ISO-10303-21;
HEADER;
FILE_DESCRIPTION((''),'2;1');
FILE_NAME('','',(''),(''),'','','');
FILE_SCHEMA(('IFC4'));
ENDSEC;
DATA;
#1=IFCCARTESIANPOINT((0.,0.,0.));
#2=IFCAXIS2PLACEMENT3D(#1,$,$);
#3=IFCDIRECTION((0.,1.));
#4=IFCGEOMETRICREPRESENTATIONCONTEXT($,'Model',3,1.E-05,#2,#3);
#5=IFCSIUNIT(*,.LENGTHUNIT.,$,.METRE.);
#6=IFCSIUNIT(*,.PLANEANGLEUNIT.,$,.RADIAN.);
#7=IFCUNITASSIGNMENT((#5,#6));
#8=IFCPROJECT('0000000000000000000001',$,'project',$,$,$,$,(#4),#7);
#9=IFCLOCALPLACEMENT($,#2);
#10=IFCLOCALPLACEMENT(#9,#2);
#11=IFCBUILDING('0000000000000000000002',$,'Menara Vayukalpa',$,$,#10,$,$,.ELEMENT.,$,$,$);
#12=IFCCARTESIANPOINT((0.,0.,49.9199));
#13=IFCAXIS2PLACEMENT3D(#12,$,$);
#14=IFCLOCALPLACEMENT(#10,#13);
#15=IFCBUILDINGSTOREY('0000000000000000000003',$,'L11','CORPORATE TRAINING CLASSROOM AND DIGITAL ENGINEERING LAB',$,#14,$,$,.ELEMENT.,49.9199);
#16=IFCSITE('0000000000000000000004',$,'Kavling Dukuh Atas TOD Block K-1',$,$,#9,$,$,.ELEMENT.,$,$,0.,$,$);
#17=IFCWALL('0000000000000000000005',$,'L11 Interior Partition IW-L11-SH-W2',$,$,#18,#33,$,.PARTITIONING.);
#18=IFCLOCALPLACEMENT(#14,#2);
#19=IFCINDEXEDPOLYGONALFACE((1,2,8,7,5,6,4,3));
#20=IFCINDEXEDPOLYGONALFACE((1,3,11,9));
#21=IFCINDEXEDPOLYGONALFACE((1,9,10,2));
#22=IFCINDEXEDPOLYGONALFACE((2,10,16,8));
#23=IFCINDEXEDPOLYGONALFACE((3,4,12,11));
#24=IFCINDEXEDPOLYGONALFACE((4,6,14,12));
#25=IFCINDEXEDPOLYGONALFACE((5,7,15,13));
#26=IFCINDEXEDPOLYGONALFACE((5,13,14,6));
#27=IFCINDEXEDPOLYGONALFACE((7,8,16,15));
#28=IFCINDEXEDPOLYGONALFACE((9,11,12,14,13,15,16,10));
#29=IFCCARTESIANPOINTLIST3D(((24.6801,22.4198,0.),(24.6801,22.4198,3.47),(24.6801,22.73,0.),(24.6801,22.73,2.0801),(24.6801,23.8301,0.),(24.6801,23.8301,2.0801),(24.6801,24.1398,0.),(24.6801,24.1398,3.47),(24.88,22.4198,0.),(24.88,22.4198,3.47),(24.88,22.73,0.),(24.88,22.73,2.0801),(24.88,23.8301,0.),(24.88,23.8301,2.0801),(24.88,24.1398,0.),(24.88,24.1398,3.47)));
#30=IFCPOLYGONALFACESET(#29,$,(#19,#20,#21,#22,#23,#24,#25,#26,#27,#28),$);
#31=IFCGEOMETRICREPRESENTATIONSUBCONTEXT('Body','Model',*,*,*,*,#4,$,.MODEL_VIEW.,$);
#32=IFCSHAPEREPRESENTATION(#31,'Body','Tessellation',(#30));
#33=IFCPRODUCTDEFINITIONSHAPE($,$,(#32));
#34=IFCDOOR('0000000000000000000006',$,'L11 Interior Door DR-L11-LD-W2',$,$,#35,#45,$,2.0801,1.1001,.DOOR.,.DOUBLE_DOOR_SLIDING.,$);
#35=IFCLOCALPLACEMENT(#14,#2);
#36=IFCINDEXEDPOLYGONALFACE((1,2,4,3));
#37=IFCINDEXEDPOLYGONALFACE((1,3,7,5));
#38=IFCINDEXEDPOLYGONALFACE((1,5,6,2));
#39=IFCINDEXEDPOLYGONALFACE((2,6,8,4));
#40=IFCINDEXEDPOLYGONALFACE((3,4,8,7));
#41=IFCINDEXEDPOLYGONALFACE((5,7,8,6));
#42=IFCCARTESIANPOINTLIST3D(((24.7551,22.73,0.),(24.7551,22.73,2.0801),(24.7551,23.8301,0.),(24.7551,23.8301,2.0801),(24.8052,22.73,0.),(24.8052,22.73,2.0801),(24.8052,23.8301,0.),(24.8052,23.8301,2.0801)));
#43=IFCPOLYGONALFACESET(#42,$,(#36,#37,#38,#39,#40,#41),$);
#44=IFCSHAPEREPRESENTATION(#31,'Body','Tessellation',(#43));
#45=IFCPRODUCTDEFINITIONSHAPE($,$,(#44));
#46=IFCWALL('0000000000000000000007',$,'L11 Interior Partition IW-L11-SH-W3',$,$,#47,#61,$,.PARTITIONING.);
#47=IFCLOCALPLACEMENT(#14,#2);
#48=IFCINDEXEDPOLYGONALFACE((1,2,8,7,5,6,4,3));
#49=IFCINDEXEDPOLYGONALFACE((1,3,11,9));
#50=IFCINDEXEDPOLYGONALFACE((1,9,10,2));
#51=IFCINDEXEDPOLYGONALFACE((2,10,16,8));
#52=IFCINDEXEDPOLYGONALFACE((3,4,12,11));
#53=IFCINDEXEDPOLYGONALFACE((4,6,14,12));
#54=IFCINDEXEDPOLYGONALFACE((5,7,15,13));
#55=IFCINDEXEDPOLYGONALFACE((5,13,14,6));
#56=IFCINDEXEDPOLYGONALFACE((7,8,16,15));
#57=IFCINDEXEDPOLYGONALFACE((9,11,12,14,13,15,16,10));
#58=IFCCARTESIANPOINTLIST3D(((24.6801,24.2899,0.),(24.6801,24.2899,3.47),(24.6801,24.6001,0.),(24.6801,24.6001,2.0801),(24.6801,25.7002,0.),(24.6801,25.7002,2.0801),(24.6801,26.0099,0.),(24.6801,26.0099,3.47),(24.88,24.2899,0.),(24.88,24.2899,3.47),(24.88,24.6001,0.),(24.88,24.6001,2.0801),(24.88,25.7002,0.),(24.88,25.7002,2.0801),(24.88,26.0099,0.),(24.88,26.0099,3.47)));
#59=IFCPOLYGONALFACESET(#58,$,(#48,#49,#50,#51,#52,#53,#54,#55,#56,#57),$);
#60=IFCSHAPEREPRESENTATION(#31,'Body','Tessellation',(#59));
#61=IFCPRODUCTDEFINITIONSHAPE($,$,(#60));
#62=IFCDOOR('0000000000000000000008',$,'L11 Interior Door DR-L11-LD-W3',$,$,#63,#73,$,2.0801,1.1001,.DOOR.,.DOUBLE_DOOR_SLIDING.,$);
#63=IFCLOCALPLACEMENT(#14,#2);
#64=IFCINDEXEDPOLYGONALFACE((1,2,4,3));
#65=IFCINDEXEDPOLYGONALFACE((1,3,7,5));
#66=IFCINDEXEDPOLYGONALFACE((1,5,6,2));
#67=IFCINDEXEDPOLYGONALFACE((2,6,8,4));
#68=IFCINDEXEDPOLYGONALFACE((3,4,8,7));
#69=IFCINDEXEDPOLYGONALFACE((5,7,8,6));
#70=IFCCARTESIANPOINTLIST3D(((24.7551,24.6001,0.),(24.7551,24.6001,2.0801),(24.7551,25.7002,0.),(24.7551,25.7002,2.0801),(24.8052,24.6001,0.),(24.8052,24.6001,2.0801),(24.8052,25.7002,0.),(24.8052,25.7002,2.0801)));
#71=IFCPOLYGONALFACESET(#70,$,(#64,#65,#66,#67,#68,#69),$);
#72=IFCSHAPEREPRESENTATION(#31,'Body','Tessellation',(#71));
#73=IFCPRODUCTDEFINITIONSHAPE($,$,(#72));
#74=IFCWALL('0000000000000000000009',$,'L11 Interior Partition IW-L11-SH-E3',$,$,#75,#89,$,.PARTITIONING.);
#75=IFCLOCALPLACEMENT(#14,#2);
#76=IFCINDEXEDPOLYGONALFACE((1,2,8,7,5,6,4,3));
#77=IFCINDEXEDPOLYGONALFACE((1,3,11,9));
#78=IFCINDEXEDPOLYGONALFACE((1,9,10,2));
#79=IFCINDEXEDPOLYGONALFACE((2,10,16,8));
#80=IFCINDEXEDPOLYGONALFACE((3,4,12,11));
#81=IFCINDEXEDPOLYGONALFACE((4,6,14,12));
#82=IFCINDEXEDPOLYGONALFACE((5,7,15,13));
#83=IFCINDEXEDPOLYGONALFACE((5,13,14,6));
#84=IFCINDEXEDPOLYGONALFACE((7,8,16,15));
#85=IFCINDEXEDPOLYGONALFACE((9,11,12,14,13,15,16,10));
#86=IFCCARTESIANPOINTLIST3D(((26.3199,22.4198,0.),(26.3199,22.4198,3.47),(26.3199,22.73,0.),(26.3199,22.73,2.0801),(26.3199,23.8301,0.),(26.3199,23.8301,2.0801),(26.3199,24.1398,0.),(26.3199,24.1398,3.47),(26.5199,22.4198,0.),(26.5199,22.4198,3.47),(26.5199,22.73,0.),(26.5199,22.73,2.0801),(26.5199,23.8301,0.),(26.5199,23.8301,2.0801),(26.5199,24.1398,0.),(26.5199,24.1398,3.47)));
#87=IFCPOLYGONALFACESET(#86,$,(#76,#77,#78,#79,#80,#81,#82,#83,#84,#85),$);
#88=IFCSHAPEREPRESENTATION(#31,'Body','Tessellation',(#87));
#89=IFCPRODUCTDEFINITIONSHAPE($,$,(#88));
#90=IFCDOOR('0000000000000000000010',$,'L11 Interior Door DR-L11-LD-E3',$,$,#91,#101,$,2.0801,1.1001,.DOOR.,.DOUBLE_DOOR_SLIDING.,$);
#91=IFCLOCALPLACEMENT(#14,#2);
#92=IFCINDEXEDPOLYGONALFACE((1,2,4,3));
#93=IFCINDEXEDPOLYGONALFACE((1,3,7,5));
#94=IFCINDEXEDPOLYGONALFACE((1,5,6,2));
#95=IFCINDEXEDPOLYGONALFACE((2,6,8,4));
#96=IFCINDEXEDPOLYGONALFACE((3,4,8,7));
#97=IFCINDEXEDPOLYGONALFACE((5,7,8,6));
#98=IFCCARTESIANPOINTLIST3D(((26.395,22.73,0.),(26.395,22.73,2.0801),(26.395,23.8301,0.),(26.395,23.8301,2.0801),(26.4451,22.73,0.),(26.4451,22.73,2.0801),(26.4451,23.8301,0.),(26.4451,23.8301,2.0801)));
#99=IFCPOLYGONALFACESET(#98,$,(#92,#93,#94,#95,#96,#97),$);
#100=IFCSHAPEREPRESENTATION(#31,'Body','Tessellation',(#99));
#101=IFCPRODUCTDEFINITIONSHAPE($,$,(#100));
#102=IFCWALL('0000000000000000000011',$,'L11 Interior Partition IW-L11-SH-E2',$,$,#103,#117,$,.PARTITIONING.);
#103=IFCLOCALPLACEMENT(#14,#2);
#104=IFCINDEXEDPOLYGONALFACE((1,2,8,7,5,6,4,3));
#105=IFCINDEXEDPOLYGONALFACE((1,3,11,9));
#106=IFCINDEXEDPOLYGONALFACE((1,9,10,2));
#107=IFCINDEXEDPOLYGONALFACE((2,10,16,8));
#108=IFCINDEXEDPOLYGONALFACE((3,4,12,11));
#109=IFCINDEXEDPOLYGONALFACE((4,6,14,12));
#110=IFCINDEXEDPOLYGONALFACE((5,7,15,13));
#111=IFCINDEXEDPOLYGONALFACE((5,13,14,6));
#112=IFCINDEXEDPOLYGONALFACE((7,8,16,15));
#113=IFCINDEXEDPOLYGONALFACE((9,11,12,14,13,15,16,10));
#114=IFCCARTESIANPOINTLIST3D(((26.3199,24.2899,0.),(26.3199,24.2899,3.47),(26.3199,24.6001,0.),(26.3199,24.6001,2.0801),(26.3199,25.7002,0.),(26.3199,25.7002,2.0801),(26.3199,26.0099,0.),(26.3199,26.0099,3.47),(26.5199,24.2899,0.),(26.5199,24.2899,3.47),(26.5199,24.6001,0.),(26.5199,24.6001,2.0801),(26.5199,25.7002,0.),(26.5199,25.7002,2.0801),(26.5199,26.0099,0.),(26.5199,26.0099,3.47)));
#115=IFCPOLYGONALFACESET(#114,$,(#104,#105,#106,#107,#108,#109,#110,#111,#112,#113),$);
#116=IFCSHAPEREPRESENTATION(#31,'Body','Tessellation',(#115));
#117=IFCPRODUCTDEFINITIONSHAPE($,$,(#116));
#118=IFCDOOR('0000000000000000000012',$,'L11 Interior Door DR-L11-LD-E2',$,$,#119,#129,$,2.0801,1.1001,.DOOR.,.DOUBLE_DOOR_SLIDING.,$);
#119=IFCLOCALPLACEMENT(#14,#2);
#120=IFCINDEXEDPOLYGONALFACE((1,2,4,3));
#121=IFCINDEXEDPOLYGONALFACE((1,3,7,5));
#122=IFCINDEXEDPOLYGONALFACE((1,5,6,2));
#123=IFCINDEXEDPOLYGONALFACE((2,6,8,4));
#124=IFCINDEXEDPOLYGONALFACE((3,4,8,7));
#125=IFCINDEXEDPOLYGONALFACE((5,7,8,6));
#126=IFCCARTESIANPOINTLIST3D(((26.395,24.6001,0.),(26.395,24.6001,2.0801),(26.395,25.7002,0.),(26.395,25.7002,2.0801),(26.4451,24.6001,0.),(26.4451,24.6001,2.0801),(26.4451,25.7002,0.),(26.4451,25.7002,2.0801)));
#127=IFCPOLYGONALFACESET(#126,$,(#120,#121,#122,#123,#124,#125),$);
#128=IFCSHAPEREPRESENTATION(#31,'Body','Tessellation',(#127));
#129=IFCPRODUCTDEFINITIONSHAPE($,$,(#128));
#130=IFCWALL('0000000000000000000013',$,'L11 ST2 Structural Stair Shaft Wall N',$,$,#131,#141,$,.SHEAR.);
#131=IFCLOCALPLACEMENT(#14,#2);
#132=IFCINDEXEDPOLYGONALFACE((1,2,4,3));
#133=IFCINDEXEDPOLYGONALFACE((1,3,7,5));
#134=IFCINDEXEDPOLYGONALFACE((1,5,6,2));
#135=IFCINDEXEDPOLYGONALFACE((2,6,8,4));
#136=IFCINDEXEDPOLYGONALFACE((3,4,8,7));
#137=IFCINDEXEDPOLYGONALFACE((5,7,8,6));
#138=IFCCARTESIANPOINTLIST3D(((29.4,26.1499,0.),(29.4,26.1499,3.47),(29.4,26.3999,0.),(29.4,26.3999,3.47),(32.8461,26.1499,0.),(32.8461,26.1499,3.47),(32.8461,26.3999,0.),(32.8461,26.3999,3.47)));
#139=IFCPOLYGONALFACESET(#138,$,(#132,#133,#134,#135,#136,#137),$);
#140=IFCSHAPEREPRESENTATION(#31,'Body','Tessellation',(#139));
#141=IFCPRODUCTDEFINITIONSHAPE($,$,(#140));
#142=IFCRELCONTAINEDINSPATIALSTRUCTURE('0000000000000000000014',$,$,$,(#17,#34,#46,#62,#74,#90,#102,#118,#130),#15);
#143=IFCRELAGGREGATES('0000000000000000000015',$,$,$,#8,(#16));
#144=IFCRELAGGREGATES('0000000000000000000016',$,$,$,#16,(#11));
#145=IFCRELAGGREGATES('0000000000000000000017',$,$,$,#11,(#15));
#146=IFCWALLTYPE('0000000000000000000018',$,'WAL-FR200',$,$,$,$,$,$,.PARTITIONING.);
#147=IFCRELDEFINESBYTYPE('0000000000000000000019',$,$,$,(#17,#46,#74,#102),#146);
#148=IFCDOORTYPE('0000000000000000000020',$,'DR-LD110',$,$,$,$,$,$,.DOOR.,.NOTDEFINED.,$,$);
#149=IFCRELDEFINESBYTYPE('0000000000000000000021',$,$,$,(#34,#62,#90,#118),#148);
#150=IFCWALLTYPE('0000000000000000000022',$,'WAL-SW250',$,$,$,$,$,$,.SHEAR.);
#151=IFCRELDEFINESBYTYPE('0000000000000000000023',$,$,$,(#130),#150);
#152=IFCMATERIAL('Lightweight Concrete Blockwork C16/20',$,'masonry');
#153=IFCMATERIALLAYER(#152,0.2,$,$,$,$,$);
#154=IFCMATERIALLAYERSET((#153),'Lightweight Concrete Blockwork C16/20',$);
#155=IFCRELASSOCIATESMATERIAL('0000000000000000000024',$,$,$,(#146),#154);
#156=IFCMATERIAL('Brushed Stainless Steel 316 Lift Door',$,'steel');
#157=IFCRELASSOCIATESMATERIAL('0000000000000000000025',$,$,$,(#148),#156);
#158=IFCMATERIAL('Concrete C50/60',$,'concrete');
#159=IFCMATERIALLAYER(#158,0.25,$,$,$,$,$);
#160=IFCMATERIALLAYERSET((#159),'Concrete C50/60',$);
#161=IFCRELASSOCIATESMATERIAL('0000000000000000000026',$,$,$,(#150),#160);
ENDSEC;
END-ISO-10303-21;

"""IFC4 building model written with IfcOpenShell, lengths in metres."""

from ifc_helpers import new_model, si_unit, direction, frame, frame_2d, origin, place, context, subcontext, project, spatial, rectangle, extrude, material, layer, layer_set, type_object, element, fill, save


model = new_model("IFC4")

# Units and contexts
model_context = context("Model", 3, precision=1e-05, world=origin(), true_north=direction((0.0, 1.0)))
body_context = subcontext(model_context, "Body", "Model", "MODEL_VIEW")
ifc_project = project(units=[si_unit("LENGTHUNIT", "METRE"), si_unit("PLANEANGLEUNIT", "RADIAN")], contexts=[model_context])

# Site, building, storey
site_placement = place(None, origin())
site = spatial("IfcSite", under=ifc_project, at=site_placement, Name="Kavling Dukuh Atas TOD Block K-1", CompositionType="ELEMENT", RefElevation=0.0)
building_placement = place(site_placement, origin())
building = spatial("IfcBuilding", under=site, at=building_placement, Name="Menara Vayukalpa", CompositionType="ELEMENT")
storey_placement = place(building_placement, frame((0.0, 0.0, 49.9199)))
storey = spatial("IfcBuildingStorey", under=building, at=storey_placement, Name="L11", Description="CORPORATE TRAINING CLASSROOM AND DIGITAL ENGINEERING LAB", CompositionType="ELEMENT", Elevation=49.9199)

# Walls, openings, doors
ifc_material_1 = material(Name="Lightweight Concrete Blockwork C16/20", Category="masonry")
ifc_layer_1 = layer(ifc_material_1, 0.2)
ifc_layer_set_1 = layer_set([ifc_layer_1], Name="Lightweight Concrete Blockwork C16/20")
wall_type_1 = type_object("IfcWallType", Name="WAL-FR200", PredefinedType="PARTITIONING", material=ifc_layer_set_1)
ifc_material_2 = material(Name="Brushed Stainless Steel 316 Lift Door", Category="steel")
door_type = type_object("IfcDoorType", Name="DR-LD110", OperationType="NOTDEFINED", PredefinedType="DOOR", material=ifc_material_2)
wall_1_placement = place(storey_placement, frame((24.78, 22.4199, 0.0), z_axis=(0.0, 0.0, 1.0), x_axis=(0.0, 1.0, 0.0)))
wall_1 = element("IfcWall", 1, at=wall_1_placement, inside=storey, type_object=wall_type_1, Name="L11 Interior Partition IW-L11-SH-W2", PredefinedType="PARTITIONING", context=body_context, shape_type="SweptSolid", body=[
    extrude(rectangle(XDim=1.72, YDim=0.2, at=frame_2d((0.8599, 0.0))), origin(), (0.0, 0.0, 1.0), 3.47),
])
opening_1_placement = place(wall_1_placement, frame((0.3101, 0.0, 0.0)))
opening_1 = element("IfcOpeningElement", 2, at=opening_1_placement, cuts=wall_1, PredefinedType="OPENING", context=body_context, shape_type="SweptSolid", body=[
    extrude(rectangle(XDim=1.1001, YDim=2.0801, at=frame_2d((0.55, 1.04))), frame((0.0, 0.1099, 0.0), z_axis=(0.0, -1.0, 0.0), x_axis=(1.0, 0.0, 0.0)), (0.0, 0.0, 1.0), 0.22),
])
door_1_placement = place(opening_1_placement, origin())
door_1 = element("IfcDoor", 3, at=door_1_placement, inside=storey, type_object=door_type, Name="L11 Interior Door DR-L11-LD-W2", OperationType="DOUBLE_DOOR_SLIDING", OverallHeight=2.0801, OverallWidth=1.1001, PredefinedType="DOOR", context=body_context, shape_type="SweptSolid", body=[
    extrude(rectangle(XDim=1.1001, YDim=2.0801, at=frame_2d((0.55, 1.04))), frame((0.0, 0.0249, 0.0), z_axis=(0.0, -1.0, 0.0), x_axis=(1.0, 0.0, 0.0)), (0.0, 0.0, 1.0), 0.05),
])
fill(opening_1, door_1)
wall_2_placement = place(storey_placement, frame((24.78, 24.29, 0.0), z_axis=(0.0, 0.0, 1.0), x_axis=(0.0, 1.0, 0.0)))
wall_2 = element("IfcWall", 4, at=wall_2_placement, inside=storey, type_object=wall_type_1, Name="L11 Interior Partition IW-L11-SH-W3", PredefinedType="PARTITIONING", context=body_context, shape_type="SweptSolid", body=[
    extrude(rectangle(XDim=1.72, YDim=0.2, at=frame_2d((0.8599, 0.0))), origin(), (0.0, 0.0, 1.0), 3.47),
])
opening_2_placement = place(wall_2_placement, frame((0.3101, 0.0, 0.0)))
opening_2 = element("IfcOpeningElement", 5, at=opening_2_placement, cuts=wall_2, PredefinedType="OPENING", context=body_context, shape_type="SweptSolid", body=[
    extrude(rectangle(XDim=1.1001, YDim=2.0801, at=frame_2d((0.55, 1.04))), frame((0.0, 0.1099, 0.0), z_axis=(0.0, -1.0, 0.0), x_axis=(1.0, 0.0, 0.0)), (0.0, 0.0, 1.0), 0.22),
])
door_2_placement = place(opening_2_placement, origin())
door_2 = element("IfcDoor", 6, at=door_2_placement, inside=storey, type_object=door_type, Name="L11 Interior Door DR-L11-LD-W3", OperationType="DOUBLE_DOOR_SLIDING", OverallHeight=2.0801, OverallWidth=1.1001, PredefinedType="DOOR", context=body_context, shape_type="SweptSolid", body=[
    extrude(rectangle(XDim=1.1001, YDim=2.0801, at=frame_2d((0.55, 1.04))), frame((0.0, 0.0249, 0.0), z_axis=(0.0, -1.0, 0.0), x_axis=(1.0, 0.0, 0.0)), (0.0, 0.0, 1.0), 0.05),
])
fill(opening_2, door_2)
wall_3_placement = place(storey_placement, frame((26.4199, 22.4199, 0.0), z_axis=(0.0, 0.0, 1.0), x_axis=(0.0, 1.0, 0.0)))
wall_3 = element("IfcWall", 7, at=wall_3_placement, inside=storey, type_object=wall_type_1, Name="L11 Interior Partition IW-L11-SH-E3", PredefinedType="PARTITIONING", context=body_context, shape_type="SweptSolid", body=[
    extrude(rectangle(XDim=1.72, YDim=0.2, at=frame_2d((0.8599, 0.0))), origin(), (0.0, 0.0, 1.0), 3.47),
])
opening_3_placement = place(wall_3_placement, frame((0.3101, 0.0, 0.0)))
opening_3 = element("IfcOpeningElement", 8, at=opening_3_placement, cuts=wall_3, PredefinedType="OPENING", context=body_context, shape_type="SweptSolid", body=[
    extrude(rectangle(XDim=1.1001, YDim=2.0801, at=frame_2d((0.55, 1.04))), frame((0.0, 0.1099, 0.0), z_axis=(0.0, -1.0, 0.0), x_axis=(1.0, 0.0, 0.0)), (0.0, 0.0, 1.0), 0.22),
])
door_3_placement = place(opening_3_placement, origin())
door_3 = element("IfcDoor", 9, at=door_3_placement, inside=storey, type_object=door_type, Name="L11 Interior Door DR-L11-LD-E3", OperationType="DOUBLE_DOOR_SLIDING", OverallHeight=2.0801, OverallWidth=1.1001, PredefinedType="DOOR", context=body_context, shape_type="SweptSolid", body=[
    extrude(rectangle(XDim=1.1001, YDim=2.0801, at=frame_2d((0.55, 1.04))), frame((0.0, 0.0249, 0.0), z_axis=(0.0, -1.0, 0.0), x_axis=(1.0, 0.0, 0.0)), (0.0, 0.0, 1.0), 0.05),
])
fill(opening_3, door_3)
wall_4_placement = place(storey_placement, frame((26.4199, 24.29, 0.0), z_axis=(0.0, 0.0, 1.0), x_axis=(0.0, 1.0, 0.0)))
wall_4 = element("IfcWall", 10, at=wall_4_placement, inside=storey, type_object=wall_type_1, Name="L11 Interior Partition IW-L11-SH-E2", PredefinedType="PARTITIONING", context=body_context, shape_type="SweptSolid", body=[
    extrude(rectangle(XDim=1.72, YDim=0.2, at=frame_2d((0.8599, 0.0))), origin(), (0.0, 0.0, 1.0), 3.47),
])
opening_4_placement = place(wall_4_placement, frame((0.3101, 0.0, 0.0)))
opening_4 = element("IfcOpeningElement", 11, at=opening_4_placement, cuts=wall_4, PredefinedType="OPENING", context=body_context, shape_type="SweptSolid", body=[
    extrude(rectangle(XDim=1.1001, YDim=2.0801, at=frame_2d((0.55, 1.04))), frame((0.0, 0.1099, 0.0), z_axis=(0.0, -1.0, 0.0), x_axis=(1.0, 0.0, 0.0)), (0.0, 0.0, 1.0), 0.22),
])
door_4_placement = place(opening_4_placement, origin())
door_4 = element("IfcDoor", 12, at=door_4_placement, inside=storey, type_object=door_type, Name="L11 Interior Door DR-L11-LD-E2", OperationType="DOUBLE_DOOR_SLIDING", OverallHeight=2.0801, OverallWidth=1.1001, PredefinedType="DOOR", context=body_context, shape_type="SweptSolid", body=[
    extrude(rectangle(XDim=1.1001, YDim=2.0801, at=frame_2d((0.55, 1.04))), frame((0.0, 0.0249, 0.0), z_axis=(0.0, -1.0, 0.0), x_axis=(1.0, 0.0, 0.0)), (0.0, 0.0, 1.0), 0.05),
])
fill(opening_4, door_4)

# Wall
ifc_material_3 = material(Name="Concrete C50/60", Category="concrete")
ifc_layer_2 = layer(ifc_material_3, 0.25)
ifc_layer_set_2 = layer_set([ifc_layer_2], Name="Concrete C50/60")
wall_type_2 = type_object("IfcWallType", Name="WAL-SW250", PredefinedType="SHEAR", material=ifc_layer_set_2)
wall_5_placement = place(storey_placement, frame((29.3999, 26.2749, 0.0), z_axis=(0.0, 0.0, 1.0), x_axis=(1.0, 0.0, 0.0)))
element("IfcWall", 13, at=wall_5_placement, inside=storey, type_object=wall_type_2, Name="L11 ST2 Structural Stair Shaft Wall N", PredefinedType="SHEAR", context=body_context, shape_type="SweptSolid", body=[
    extrude(rectangle(XDim=3.446, YDim=0.25, at=frame_2d((1.7231, 0.0))), origin(), (0.0, 0.0, 1.0), 3.47),
])

save(model, "model.ifc")
